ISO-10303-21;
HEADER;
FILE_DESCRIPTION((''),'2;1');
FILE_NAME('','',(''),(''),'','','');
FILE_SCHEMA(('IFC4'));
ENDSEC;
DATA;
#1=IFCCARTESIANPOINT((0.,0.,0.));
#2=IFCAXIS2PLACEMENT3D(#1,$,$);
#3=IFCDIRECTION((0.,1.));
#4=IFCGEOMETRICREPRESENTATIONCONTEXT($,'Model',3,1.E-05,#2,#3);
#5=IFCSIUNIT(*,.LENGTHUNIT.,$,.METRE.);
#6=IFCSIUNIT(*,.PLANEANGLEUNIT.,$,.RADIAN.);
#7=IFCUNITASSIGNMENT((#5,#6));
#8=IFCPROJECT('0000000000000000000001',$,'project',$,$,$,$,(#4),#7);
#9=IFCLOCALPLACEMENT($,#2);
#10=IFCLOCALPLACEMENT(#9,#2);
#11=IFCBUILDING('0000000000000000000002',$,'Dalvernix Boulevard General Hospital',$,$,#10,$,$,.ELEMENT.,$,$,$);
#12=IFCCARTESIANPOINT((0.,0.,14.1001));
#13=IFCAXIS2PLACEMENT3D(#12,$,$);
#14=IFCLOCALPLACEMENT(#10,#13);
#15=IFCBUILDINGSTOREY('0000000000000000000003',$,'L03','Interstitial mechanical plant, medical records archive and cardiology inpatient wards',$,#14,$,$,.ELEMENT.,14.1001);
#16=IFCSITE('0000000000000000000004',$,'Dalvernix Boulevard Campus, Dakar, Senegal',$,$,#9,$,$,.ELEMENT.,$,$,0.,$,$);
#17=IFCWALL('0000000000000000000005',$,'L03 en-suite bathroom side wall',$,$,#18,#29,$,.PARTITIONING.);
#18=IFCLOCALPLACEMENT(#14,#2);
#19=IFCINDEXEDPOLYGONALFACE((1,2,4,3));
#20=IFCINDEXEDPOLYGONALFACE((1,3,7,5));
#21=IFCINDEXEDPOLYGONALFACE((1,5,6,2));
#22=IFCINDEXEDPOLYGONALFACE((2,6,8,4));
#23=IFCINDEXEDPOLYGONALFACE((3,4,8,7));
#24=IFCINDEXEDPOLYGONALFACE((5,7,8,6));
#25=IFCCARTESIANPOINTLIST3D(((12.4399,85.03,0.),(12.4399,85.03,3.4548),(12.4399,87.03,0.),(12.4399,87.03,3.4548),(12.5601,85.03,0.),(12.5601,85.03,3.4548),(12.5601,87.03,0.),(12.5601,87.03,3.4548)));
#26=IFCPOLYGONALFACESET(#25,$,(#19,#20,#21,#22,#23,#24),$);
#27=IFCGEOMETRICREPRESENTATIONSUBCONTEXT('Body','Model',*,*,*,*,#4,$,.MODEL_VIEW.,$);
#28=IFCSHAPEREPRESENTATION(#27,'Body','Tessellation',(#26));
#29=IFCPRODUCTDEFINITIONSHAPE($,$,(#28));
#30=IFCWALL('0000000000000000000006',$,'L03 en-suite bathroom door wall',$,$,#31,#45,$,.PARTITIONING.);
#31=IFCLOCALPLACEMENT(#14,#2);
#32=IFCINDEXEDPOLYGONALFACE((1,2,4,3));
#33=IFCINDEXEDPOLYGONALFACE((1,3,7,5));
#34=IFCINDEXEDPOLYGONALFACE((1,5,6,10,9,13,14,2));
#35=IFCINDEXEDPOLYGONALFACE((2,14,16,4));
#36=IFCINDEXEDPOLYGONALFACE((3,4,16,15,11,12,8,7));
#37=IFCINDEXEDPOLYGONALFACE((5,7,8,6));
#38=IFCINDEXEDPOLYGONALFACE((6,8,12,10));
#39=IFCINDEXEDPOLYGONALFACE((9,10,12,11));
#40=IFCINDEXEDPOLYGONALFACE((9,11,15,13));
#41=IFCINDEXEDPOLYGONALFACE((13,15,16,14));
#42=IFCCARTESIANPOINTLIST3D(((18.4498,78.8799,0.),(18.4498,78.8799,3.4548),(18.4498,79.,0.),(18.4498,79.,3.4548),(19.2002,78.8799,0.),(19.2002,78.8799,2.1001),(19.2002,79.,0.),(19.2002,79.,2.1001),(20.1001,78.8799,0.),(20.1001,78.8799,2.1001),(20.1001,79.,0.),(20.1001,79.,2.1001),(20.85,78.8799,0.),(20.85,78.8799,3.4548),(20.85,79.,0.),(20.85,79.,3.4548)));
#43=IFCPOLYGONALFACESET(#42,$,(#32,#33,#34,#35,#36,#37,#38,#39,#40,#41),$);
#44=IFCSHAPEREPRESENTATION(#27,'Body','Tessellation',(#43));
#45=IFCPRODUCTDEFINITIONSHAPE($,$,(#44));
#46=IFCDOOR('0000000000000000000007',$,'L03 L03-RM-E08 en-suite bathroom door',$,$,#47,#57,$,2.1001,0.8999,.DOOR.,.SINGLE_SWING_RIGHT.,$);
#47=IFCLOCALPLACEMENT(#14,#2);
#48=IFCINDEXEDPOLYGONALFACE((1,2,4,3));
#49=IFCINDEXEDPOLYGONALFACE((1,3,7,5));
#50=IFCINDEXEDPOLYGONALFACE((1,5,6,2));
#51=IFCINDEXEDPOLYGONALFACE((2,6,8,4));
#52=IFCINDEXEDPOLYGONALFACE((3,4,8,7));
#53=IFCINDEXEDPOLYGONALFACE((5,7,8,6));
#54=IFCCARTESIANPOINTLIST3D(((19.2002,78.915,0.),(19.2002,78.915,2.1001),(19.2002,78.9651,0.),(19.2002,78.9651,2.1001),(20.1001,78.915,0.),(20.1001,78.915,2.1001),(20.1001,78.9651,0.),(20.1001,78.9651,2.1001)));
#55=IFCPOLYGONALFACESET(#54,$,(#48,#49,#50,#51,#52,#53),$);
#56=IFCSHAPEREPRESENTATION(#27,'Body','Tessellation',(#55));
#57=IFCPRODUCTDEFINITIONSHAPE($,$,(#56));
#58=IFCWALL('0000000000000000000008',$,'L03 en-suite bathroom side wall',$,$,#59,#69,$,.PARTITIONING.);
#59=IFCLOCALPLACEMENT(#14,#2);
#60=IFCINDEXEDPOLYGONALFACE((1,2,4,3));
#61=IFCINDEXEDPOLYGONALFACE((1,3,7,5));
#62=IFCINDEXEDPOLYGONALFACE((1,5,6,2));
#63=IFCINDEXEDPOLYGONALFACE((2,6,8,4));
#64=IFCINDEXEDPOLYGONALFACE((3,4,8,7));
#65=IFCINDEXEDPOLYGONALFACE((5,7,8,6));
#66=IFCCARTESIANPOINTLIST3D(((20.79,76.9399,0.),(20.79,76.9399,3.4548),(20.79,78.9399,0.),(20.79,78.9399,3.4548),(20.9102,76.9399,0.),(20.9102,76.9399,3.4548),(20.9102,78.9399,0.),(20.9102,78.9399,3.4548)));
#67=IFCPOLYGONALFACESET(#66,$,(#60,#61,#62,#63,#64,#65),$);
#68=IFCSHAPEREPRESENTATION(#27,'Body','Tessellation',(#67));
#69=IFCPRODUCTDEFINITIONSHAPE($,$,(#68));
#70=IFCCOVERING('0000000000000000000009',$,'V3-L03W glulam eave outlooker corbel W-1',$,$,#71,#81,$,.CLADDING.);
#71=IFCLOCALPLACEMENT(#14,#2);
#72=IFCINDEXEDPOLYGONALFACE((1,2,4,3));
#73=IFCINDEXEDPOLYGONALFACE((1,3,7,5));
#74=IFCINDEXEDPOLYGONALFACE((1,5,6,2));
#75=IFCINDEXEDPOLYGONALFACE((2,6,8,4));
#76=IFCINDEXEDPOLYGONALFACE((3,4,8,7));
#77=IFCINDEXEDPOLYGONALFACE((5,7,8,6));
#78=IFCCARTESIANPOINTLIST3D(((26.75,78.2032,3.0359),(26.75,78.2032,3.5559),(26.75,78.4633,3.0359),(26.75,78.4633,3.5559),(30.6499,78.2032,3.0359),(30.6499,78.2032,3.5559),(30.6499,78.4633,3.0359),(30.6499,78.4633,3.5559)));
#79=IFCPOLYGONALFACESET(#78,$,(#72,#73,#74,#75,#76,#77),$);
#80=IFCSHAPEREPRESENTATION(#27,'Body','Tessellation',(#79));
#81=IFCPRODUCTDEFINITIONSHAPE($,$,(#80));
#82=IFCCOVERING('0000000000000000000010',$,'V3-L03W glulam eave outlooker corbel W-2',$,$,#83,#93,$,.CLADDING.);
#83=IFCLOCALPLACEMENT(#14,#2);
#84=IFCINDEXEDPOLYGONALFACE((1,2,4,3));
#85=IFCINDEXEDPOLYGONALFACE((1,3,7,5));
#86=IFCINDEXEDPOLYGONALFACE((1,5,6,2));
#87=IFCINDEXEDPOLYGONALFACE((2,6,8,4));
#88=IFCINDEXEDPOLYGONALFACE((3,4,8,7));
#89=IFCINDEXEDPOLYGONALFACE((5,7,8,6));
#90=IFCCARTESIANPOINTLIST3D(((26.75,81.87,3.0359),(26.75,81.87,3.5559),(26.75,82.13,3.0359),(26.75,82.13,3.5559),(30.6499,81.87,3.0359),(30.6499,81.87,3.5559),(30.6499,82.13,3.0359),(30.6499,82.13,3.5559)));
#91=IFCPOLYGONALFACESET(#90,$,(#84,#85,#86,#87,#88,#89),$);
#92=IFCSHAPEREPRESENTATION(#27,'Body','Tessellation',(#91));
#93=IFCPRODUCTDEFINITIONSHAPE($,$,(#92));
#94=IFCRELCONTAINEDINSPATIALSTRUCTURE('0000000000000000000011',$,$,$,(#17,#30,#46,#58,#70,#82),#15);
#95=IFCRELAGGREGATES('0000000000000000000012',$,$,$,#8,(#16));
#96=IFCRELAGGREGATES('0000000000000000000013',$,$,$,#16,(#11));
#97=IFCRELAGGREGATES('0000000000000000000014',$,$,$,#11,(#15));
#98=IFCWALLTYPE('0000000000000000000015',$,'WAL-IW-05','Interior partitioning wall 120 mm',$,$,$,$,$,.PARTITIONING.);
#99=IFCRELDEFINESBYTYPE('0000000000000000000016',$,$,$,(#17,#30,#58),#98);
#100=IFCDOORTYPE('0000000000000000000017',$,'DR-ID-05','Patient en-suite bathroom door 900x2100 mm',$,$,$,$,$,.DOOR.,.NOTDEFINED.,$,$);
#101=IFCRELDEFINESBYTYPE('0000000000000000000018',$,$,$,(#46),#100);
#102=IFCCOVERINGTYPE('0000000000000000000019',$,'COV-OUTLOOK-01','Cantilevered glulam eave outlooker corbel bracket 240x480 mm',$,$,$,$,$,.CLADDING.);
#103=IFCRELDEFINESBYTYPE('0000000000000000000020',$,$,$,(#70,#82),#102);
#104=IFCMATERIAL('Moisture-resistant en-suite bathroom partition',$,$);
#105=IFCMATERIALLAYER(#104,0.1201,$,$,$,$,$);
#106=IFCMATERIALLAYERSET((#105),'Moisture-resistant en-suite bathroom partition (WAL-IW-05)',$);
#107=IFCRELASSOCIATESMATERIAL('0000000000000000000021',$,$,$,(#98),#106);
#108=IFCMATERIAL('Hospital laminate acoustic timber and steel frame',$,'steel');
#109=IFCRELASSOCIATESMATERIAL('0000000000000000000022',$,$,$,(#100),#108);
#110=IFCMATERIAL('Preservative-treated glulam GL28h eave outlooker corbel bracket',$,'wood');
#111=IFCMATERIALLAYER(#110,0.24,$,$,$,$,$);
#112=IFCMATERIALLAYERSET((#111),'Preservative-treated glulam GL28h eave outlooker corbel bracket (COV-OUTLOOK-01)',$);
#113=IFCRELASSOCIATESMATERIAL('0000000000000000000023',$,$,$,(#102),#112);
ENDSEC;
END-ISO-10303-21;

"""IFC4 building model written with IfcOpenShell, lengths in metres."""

from ifc_helpers import new_model, si_unit, direction, frame, frame_2d, origin, origin_2d, place, context, subcontext, project, spatial, rectangle, extrude, material, layer, layer_set, type_object, element, fill, save


model = new_model("IFC4")

# Units and contexts
model_context = context("Model", 3, precision=1e-05, world=origin(), true_north=direction((0.0, 1.0)))
body_context = subcontext(model_context, "Body", "Model", "MODEL_VIEW")
ifc_project = project(units=[si_unit("LENGTHUNIT", "METRE"), si_unit("PLANEANGLEUNIT", "RADIAN")], contexts=[model_context])

# Site, building, storey
site_placement = place(None, origin())
site = spatial("IfcSite", under=ifc_project, at=site_placement, Name="Dalvernix Boulevard Campus, Dakar, Senegal", CompositionType="ELEMENT", RefElevation=0.0)
building_placement = place(site_placement, origin())
building = spatial("IfcBuilding", under=site, at=building_placement, Name="Dalvernix Boulevard General Hospital", CompositionType="ELEMENT")
storey_placement = place(building_placement, frame((0.0, 0.0, 14.1001)))
storey = spatial("IfcBuildingStorey", under=building, at=storey_placement, Name="L03", Description="Interstitial mechanical plant, medical records archive and cardiology inpatient wards", CompositionType="ELEMENT", Elevation=14.1001)

# Shared definitions
ifc_material_1 = material(Name="Hospital laminate acoustic timber and steel frame", Category="steel")

# Shared definitions
ifc_material_2 = material(Name="Moisture-resistant en-suite bathroom partition")
ifc_layer_1 = layer(ifc_material_2, 0.1201)
ifc_layer_set_1 = layer_set([ifc_layer_1], Name="Moisture-resistant en-suite bathroom partition (WAL-IW-05)")
wall_type_1 = type_object("IfcWallType", Name="WAL-IW-05", Description="Interior partitioning wall 120 mm", PredefinedType="PARTITIONING", material=ifc_layer_set_1)
door_type_1 = type_object("IfcDoorType", Name="DR-ID-05", Description="Patient en-suite bathroom door 900x2100 mm", OperationType="NOTDEFINED", PredefinedType="DOOR", material=ifc_material_1)

# Wall
for number, where, z_axis, x_axis, name in (
    (1, (12.5, 85.03, 0.0), (0.0, 0.0, 1.0), (0.0, 1.0, 0.0), "L03 en-suite bathroom side wall"),
):
    element("IfcWall", number, at=place(storey_placement, frame(where, z_axis=z_axis, x_axis=x_axis)), inside=storey, type_object=wall_type_1, Name=name, PredefinedType="PARTITIONING", context=body_context, shape_type="SweptSolid", body=[
        extrude(rectangle(XDim=2.0, YDim=0.1201, at=frame_2d((1.0, 0.0))), origin(), (0.0, 0.0, 1.0), 3.4548),
    ])

# Wall, opening, door
wall_1_placement = place(storey_placement, frame((20.8501, 78.9399, 0.0), z_axis=(0.0, 0.0, 1.0), x_axis=(-1.0, 0.0, 0.0)))
wall_1 = element("IfcWall", 2, at=wall_1_placement, inside=storey, type_object=wall_type_1, Name="L03 en-suite bathroom door wall", PredefinedType="PARTITIONING", context=body_context, shape_type="SweptSolid", body=[
    extrude(rectangle(XDim=2.4001, YDim=0.1201, at=frame_2d((1.2002, 0.0))), origin(), (0.0, 0.0, 1.0), 3.4548),
])
opening_1_placement = place(wall_1_placement, frame((0.75, 0.0, 0.0)))
opening_1 = element("IfcOpeningElement", 3, at=opening_1_placement, cuts=wall_1, PredefinedType="OPENING", context=body_context, shape_type="SweptSolid", body=[
    extrude(rectangle(XDim=0.8999, YDim=2.1001, at=frame_2d((0.45, 1.05))), frame((0.0, 0.0701, 0.0), z_axis=(0.0, -1.0, 0.0), x_axis=(1.0, 0.0, 0.0)), (0.0, 0.0, 1.0), 0.1401),
])
door_1_placement = place(opening_1_placement, origin())
door_1 = element("IfcDoor", 4, at=door_1_placement, inside=storey, type_object=door_type_1, Name="L03 L03-RM-E08 en-suite bathroom door", OperationType="SINGLE_SWING_RIGHT", OverallHeight=2.1001, OverallWidth=0.8999, PredefinedType="DOOR", context=body_context, shape_type="SweptSolid", body=[
    extrude(rectangle(XDim=0.8999, YDim=2.1001, at=frame_2d((0.45, 1.05))), frame((0.0, 0.0249, 0.0), z_axis=(0.0, -1.0, 0.0), x_axis=(1.0, 0.0, 0.0)), (0.0, 0.0, 1.0), 0.05),
])
fill(opening_1, door_1)

# Wall
wall_2_placement = place(storey_placement, frame((20.8501, 76.9399, 0.0), z_axis=(0.0, 0.0, 1.0), x_axis=(0.0, 1.0, 0.0)))
element("IfcWall", 5, at=wall_2_placement, inside=storey, type_object=wall_type_1, Name="L03 en-suite bathroom side wall", PredefinedType="PARTITIONING", context=body_context, shape_type="SweptSolid", body=[
    extrude(rectangle(XDim=2.0, YDim=0.1201, at=frame_2d((1.0, 0.0))), origin(), (0.0, 0.0, 1.0), 3.4548),
])

# Coverings
ifc_material_3 = material(Name="Preservative-treated glulam GL28h eave outlooker corbel bracket", Category="wood")
ifc_layer_2 = layer(ifc_material_3, 0.24)
ifc_layer_set_2 = layer_set([ifc_layer_2], Name="Preservative-treated glulam GL28h eave outlooker corbel bracket (COV-OUTLOOK-01)")
covering_type = type_object("IfcCoveringType", Name="COV-OUTLOOK-01", Description="Cantilevered glulam eave outlooker corbel bracket 240x480 mm", PredefinedType="CLADDING", material=ifc_layer_set_2)
for number, where, z_axis, x_axis, name in (
    (6, (28.7, 78.3333, 3.0359), (0.0, 0.0, 1.0), (1.0, 0.0, 0.0), "V3-L03W glulam eave outlooker corbel W-1"),
    (7, (28.7, 82.0, 3.0359), (0.0, 0.0, 1.0), (1.0, 0.0, 0.0), "V3-L03W glulam eave outlooker corbel W-2"),
):
    element("IfcCovering", number, at=place(storey_placement, frame(where, z_axis=z_axis, x_axis=x_axis)), inside=storey, type_object=covering_type, Name=name, PredefinedType="CLADDING", context=body_context, shape_type="SweptSolid", body=[
        extrude(rectangle(XDim=3.8999, YDim=0.26, at=origin_2d()), origin(), (0.0, 0.0, 1.0), 0.52),
    ])

save(model, "model.ifc")
